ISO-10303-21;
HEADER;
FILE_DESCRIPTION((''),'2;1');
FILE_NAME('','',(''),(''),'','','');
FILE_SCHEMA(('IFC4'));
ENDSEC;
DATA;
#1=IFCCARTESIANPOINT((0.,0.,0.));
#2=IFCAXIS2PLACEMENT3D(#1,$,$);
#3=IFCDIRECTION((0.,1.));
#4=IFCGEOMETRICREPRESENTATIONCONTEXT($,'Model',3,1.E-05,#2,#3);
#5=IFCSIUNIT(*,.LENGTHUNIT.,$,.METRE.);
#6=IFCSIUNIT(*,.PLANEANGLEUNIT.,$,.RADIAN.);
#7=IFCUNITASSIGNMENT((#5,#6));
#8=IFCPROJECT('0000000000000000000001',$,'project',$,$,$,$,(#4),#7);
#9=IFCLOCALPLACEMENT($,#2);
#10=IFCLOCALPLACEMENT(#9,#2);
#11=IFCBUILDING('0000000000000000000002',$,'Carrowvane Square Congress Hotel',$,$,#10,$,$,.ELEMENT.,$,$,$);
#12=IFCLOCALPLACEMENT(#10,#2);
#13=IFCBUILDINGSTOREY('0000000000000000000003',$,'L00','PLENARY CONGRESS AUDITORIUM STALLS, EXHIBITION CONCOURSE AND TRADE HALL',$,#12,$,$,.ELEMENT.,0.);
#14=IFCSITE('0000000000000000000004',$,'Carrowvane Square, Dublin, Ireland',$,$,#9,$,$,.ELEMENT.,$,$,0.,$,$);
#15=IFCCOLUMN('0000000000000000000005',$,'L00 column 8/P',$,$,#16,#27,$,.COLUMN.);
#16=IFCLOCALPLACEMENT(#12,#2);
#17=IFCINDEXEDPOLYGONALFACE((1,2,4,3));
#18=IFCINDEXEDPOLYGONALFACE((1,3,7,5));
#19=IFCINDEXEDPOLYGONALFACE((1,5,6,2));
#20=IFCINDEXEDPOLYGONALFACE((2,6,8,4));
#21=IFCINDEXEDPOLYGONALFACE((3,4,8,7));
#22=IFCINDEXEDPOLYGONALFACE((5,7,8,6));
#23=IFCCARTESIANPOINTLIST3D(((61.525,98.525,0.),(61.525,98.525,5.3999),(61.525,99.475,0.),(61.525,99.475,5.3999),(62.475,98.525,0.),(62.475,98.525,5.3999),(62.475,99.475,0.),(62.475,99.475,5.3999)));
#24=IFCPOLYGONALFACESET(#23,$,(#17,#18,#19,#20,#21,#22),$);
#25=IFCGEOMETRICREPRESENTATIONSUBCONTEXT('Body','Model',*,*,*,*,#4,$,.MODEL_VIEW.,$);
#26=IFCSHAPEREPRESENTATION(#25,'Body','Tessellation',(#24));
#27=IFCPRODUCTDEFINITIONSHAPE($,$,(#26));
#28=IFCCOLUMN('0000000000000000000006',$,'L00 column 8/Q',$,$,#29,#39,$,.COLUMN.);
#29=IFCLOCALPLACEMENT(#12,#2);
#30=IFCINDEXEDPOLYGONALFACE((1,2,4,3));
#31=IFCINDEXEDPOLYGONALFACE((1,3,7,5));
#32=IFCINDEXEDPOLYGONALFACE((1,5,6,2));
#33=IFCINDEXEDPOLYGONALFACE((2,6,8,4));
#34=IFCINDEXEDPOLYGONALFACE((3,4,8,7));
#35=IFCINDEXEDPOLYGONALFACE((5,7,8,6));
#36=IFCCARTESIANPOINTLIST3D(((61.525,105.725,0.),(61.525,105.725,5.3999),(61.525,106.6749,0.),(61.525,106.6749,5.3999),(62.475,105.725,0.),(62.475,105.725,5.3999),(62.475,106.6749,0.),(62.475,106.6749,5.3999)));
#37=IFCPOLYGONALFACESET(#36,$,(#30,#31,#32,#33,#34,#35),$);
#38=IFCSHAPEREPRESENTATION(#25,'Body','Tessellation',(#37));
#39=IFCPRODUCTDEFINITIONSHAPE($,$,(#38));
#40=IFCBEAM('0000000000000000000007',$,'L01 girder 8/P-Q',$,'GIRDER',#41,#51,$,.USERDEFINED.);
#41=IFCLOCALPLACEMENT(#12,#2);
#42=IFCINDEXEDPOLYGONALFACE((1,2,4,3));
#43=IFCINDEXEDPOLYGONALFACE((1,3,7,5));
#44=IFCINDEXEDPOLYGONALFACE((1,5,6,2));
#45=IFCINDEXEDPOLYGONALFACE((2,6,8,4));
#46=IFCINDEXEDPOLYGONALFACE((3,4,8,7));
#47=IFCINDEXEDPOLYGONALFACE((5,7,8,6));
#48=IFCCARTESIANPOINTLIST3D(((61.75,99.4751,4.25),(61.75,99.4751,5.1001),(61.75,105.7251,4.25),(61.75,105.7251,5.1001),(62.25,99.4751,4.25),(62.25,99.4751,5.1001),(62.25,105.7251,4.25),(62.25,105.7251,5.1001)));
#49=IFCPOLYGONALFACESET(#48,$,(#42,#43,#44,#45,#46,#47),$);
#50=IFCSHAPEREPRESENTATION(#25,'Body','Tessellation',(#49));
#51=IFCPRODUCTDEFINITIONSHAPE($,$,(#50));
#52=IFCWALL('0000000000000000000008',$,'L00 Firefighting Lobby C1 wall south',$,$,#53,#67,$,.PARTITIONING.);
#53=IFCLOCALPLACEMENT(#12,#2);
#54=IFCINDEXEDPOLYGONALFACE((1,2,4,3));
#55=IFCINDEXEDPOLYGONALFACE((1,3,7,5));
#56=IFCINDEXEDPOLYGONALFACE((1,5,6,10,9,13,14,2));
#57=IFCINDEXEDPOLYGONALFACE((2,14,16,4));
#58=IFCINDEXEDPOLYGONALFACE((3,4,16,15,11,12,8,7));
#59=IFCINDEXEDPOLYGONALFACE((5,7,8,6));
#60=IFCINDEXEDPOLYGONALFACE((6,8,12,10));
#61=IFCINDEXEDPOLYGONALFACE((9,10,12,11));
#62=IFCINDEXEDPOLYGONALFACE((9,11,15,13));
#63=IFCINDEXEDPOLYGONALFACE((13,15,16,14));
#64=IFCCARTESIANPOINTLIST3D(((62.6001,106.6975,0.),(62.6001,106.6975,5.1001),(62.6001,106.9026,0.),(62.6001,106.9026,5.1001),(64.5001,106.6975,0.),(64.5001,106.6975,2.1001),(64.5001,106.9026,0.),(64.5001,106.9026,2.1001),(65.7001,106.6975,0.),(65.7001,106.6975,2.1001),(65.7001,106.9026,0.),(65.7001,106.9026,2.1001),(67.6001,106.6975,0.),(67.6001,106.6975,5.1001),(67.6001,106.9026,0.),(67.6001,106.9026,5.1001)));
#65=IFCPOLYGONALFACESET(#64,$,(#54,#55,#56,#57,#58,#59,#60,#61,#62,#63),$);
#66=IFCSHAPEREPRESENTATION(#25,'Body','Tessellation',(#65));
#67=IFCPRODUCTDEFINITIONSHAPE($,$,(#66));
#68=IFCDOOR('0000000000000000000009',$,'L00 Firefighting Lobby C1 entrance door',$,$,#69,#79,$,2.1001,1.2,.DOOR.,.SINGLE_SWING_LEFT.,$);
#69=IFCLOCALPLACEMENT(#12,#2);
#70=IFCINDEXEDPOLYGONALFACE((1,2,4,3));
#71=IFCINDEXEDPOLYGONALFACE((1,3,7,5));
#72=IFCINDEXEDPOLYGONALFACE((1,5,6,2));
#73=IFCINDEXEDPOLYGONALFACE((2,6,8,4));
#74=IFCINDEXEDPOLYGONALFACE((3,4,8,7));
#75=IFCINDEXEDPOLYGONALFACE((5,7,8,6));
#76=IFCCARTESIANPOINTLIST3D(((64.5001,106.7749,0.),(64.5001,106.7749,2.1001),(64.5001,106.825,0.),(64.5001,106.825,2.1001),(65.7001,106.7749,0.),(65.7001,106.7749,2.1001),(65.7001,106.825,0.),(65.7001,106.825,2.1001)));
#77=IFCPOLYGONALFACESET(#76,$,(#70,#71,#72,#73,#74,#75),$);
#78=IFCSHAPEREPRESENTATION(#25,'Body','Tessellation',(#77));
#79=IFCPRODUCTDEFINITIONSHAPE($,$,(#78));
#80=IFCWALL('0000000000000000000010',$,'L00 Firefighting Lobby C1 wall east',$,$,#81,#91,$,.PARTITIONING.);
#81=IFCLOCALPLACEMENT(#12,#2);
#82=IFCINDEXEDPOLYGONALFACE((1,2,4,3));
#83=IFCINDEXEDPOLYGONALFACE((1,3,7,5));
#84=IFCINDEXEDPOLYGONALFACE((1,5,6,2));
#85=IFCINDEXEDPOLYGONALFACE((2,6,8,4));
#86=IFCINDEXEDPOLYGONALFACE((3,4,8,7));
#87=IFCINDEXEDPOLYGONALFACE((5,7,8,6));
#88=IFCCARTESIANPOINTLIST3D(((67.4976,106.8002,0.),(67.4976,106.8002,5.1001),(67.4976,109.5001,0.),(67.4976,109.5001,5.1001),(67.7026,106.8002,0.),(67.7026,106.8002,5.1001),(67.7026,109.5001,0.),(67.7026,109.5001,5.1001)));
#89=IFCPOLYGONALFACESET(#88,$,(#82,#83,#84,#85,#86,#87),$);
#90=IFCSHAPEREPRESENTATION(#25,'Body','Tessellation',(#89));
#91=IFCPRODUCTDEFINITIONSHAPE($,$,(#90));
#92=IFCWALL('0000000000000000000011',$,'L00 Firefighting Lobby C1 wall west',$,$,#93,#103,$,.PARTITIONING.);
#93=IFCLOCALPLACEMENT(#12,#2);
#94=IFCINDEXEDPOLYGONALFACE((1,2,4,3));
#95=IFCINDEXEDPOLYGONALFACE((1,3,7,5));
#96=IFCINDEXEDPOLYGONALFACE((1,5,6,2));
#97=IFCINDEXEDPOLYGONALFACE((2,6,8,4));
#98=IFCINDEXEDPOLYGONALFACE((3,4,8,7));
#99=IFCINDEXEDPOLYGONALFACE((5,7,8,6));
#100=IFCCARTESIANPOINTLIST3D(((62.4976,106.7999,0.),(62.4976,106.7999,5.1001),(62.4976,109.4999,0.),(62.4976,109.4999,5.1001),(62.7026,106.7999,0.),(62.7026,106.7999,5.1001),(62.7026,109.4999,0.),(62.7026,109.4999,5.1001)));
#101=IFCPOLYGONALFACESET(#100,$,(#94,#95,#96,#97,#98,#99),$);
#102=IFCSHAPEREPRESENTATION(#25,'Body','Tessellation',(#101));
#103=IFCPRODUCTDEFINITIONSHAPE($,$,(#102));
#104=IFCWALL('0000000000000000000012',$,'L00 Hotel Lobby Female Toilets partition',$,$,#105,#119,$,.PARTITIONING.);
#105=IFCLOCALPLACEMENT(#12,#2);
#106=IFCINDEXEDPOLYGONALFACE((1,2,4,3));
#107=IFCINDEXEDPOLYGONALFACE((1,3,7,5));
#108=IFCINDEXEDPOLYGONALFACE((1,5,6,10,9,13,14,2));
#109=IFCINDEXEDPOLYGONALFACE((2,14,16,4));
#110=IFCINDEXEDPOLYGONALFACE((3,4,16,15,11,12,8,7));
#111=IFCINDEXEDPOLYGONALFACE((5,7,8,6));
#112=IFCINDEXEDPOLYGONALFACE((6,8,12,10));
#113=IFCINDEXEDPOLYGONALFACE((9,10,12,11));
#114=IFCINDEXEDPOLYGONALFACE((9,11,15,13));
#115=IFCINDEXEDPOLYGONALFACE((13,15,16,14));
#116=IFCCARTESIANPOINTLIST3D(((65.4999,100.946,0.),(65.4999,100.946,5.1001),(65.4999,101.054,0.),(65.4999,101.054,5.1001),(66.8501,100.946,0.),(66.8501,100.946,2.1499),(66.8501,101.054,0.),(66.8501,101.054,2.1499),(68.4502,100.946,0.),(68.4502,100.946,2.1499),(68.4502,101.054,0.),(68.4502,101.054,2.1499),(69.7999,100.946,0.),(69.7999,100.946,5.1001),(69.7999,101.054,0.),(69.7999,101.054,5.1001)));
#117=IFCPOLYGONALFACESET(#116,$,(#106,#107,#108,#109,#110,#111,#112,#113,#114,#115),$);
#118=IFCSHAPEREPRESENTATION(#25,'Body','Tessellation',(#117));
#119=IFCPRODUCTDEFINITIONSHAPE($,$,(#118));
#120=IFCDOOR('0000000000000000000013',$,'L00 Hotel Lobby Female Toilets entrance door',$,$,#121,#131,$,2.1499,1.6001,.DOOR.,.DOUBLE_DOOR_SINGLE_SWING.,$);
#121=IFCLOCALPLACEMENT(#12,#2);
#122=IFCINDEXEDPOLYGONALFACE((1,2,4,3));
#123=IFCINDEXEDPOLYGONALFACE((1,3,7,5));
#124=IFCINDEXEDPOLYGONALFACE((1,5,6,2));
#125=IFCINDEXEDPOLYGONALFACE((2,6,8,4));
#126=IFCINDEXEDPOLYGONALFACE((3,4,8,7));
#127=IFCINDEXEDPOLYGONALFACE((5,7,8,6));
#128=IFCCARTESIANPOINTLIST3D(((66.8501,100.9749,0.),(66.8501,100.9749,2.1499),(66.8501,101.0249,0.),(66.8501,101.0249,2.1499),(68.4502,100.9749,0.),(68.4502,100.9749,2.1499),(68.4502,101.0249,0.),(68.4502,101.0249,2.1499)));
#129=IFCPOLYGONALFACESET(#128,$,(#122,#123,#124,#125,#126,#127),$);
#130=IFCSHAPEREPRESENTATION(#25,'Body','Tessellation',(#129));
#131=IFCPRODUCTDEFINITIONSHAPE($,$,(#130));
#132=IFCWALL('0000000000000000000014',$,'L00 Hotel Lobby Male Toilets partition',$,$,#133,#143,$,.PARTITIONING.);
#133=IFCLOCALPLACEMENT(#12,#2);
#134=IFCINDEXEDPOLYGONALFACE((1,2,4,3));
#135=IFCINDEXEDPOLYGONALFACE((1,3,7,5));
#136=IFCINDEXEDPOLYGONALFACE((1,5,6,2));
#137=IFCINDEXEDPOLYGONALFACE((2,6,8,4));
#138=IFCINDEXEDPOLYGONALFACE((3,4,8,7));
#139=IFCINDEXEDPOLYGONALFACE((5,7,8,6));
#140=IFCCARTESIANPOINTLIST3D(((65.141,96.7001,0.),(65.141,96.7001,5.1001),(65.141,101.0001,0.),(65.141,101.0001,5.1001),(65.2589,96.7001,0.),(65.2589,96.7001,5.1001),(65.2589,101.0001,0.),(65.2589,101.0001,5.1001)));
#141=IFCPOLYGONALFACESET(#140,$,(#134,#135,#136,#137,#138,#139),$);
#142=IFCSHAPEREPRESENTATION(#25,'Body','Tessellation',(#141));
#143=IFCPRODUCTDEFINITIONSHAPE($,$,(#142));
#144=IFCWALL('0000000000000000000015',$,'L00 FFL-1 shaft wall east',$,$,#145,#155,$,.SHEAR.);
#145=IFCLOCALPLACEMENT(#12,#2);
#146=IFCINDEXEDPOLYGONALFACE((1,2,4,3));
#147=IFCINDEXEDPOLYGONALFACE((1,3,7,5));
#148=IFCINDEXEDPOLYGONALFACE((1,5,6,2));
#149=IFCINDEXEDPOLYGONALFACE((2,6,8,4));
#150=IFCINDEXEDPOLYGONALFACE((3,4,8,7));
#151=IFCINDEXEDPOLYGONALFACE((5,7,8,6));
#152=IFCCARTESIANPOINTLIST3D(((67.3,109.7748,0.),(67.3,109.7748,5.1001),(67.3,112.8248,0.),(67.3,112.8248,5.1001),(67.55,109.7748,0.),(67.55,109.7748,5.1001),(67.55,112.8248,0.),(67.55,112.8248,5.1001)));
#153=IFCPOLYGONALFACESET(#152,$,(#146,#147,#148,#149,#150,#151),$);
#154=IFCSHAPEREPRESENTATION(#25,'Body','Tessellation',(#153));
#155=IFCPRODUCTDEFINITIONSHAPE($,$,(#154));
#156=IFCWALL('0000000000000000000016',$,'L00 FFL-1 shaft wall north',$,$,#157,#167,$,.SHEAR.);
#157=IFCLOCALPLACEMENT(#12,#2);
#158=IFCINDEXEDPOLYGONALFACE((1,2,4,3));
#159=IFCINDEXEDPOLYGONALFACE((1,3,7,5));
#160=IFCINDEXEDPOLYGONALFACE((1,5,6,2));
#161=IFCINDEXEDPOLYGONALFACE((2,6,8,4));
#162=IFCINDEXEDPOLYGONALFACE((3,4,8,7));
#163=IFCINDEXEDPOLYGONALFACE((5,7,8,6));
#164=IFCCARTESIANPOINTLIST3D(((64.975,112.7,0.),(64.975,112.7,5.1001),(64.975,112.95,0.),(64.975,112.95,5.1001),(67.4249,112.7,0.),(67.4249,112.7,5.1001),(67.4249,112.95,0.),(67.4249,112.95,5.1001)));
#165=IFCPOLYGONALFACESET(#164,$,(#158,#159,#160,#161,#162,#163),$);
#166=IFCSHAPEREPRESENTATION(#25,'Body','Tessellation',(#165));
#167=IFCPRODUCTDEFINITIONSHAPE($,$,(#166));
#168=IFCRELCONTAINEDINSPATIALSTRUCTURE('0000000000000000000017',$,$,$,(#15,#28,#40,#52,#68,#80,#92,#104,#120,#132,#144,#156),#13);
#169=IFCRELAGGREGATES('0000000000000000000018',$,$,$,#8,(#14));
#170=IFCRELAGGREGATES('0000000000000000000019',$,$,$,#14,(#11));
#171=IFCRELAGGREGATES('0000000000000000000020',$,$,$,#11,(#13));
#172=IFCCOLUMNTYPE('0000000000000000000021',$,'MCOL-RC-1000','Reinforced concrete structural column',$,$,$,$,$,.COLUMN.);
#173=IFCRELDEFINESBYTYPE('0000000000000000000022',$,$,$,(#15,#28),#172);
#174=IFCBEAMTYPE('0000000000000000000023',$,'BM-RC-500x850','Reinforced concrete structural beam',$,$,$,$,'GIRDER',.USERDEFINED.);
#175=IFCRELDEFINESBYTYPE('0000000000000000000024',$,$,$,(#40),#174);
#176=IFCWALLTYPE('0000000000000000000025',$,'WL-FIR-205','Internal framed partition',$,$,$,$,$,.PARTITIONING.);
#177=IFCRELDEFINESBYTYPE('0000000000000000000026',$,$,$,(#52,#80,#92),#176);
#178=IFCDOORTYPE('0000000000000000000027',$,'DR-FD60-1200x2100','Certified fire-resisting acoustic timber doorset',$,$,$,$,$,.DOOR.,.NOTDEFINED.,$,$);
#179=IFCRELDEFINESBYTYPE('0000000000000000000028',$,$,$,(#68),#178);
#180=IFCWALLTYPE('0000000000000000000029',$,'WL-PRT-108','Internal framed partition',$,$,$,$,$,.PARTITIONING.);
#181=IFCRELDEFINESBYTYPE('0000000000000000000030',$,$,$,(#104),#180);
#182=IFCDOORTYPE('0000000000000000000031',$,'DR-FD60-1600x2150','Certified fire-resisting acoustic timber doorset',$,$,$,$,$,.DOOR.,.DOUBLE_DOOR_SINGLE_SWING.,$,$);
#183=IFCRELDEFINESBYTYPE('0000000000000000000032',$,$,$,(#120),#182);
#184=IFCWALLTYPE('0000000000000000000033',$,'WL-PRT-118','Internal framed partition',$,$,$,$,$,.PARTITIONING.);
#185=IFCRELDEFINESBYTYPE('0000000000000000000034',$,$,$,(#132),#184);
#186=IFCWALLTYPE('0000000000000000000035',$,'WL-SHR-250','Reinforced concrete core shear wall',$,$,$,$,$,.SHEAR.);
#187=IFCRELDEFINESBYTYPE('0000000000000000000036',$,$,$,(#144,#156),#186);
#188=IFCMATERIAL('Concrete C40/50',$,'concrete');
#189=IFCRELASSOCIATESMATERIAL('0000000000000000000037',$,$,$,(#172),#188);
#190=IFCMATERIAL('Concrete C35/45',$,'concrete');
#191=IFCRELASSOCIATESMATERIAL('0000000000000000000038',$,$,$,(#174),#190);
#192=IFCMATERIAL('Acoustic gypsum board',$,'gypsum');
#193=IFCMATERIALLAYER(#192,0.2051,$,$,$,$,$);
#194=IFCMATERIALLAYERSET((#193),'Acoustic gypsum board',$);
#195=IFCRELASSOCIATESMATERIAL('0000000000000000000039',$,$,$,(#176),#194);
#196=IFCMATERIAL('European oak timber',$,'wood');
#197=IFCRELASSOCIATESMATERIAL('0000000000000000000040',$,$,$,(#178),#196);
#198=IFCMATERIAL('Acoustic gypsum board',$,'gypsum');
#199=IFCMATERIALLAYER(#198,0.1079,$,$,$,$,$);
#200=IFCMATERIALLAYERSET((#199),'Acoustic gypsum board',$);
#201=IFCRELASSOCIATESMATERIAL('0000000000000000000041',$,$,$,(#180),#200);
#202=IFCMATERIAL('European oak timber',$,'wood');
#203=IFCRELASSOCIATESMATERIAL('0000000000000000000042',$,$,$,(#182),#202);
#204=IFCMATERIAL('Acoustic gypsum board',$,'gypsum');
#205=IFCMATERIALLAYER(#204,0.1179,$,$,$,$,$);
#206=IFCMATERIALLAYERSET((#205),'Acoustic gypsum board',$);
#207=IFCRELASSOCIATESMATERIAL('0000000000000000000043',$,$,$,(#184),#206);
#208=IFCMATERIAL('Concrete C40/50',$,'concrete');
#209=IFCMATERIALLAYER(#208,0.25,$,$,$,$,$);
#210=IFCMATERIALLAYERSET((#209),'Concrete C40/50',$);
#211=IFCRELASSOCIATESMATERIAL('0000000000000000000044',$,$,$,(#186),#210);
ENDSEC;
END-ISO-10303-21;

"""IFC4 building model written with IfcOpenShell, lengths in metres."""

from ifc_helpers import new_model, si_unit, direction, frame, frame_2d, origin, origin_2d, place, context, subcontext, project, spatial, rectangle, extrude, material, layer, layer_set, material_profile, profile_set, type_object, element, fill, save


model = new_model("IFC4")

# Units and contexts
model_context = context("Model", 3, precision=1e-05, world=origin(), true_north=direction((0.0, 1.0)))
body_context = subcontext(model_context, "Body", "Model", "MODEL_VIEW")
ifc_project = project(units=[si_unit("LENGTHUNIT", "METRE"), si_unit("PLANEANGLEUNIT", "RADIAN")], contexts=[model_context])

# Site, building, storey
site_placement = place(None, origin())
site = spatial("IfcSite", under=ifc_project, at=site_placement, Name="Carrowvane Square, Dublin, Ireland", CompositionType="ELEMENT", RefElevation=0.0)
building_placement = place(site_placement, origin())
building = spatial("IfcBuilding", under=site, at=building_placement, Name="Carrowvane Square Congress Hotel", CompositionType="ELEMENT")
storey_placement = place(building_placement, origin())
storey = spatial("IfcBuildingStorey", under=building, at=storey_placement, Name="L00", Description="PLENARY CONGRESS AUDITORIUM STALLS, EXHIBITION CONCOURSE AND TRADE HALL", CompositionType="ELEMENT", Elevation=0.0)

# Columns
ifc_material_1 = material(Name="Concrete C40/50", Category="concrete")
ifc_material_profile_1 = material_profile(ifc_material_1, rectangle(XDim=0.95, YDim=0.95, at=origin_2d()), Name="RC 950x950")
ifc_profile_set_1 = profile_set([ifc_material_profile_1], Name="Concrete C40/50")
column_type = type_object("IfcColumnType", Name="MCOL-RC-1000", Description="Reinforced concrete structural column", PredefinedType="COLUMN", material=ifc_profile_set_1)
for number, where, z_axis, x_axis, name in (
    (1, (62.0, 99.0, 0.0), (0.0, 0.0, 1.0), (1.0, 0.0, 0.0), "L00 column 8/P"),
    (2, (62.0, 106.2, 0.0), (0.0, 0.0, 1.0), (1.0, 0.0, 0.0), "L00 column 8/Q"),
):
    element("IfcColumn", number, at=place(storey_placement, frame(where, z_axis=z_axis, x_axis=x_axis)), inside=storey, type_object=column_type, Name=name, PredefinedType="COLUMN", context=body_context, shape_type="SweptSolid", body=[
        extrude(rectangle(XDim=0.95, YDim=0.95, at=origin_2d()), origin(), (0.0, 0.0, 1.0), 5.3999),
    ])

# Beam
ifc_material_2 = material(Name="Concrete C35/45", Category="concrete")
ifc_material_profile_2 = material_profile(ifc_material_2, rectangle(XDim=0.5, YDim=0.8501, at=origin_2d()), Name="RC 500x850")
ifc_profile_set_2 = profile_set([ifc_material_profile_2], Name="Concrete C35/45")
beam_type = type_object("IfcBeamType", Name="BM-RC-500x850", Description="Reinforced concrete structural beam", ElementType="GIRDER", PredefinedType="USERDEFINED", material=ifc_profile_set_2)
beam_placement = place(storey_placement, frame((62.0, 99.4751, 4.675), z_axis=(0.0, 1.0, 0.0), x_axis=(-1.0, 0.0, 0.0)))
element("IfcBeam", 3, at=beam_placement, inside=storey, type_object=beam_type, Name="L01 girder 8/P-Q", ObjectType="GIRDER", PredefinedType="USERDEFINED", context=body_context, shape_type="SweptSolid", body=[
    extrude(rectangle(XDim=0.5, YDim=0.8501, at=origin_2d()), origin(), (0.0, 0.0, 1.0), 6.25),
])

# Wall, opening, door
ifc_material_3 = material(Name="Acoustic gypsum board", Category="gypsum")
ifc_layer_1 = layer(ifc_material_3, 0.2051)
ifc_layer_set_1 = layer_set([ifc_layer_1], Name="Acoustic gypsum board")
wall_type_1 = type_object("IfcWallType", Name="WL-FIR-205", Description="Internal framed partition", PredefinedType="PARTITIONING", material=ifc_layer_set_1)
wall_1_placement = place(storey_placement, frame((62.6001, 106.8, 0.0), z_axis=(0.0, 0.0, 1.0), x_axis=(1.0, 0.0, 0.0)))
wall_1 = element("IfcWall", 4, at=wall_1_placement, inside=storey, type_object=wall_type_1, Name="L00 Firefighting Lobby C1 wall south", PredefinedType="PARTITIONING", context=body_context, shape_type="SweptSolid", body=[
    extrude(rectangle(XDim=5.0, YDim=0.2051, at=frame_2d((2.5, 0.0))), origin(), (0.0, 0.0, 1.0), 5.1001),
])
opening_1_placement = place(wall_1_placement, frame((1.8999, 0.0, 0.0)))
opening_1 = element("IfcOpeningElement", 5, at=opening_1_placement, cuts=wall_1, PredefinedType="OPENING", context=body_context, shape_type="SweptSolid", body=[
    extrude(rectangle(XDim=1.2, YDim=2.1001, at=frame_2d((0.6001, 1.05))), frame((0.0, 0.1125, 0.0), z_axis=(0.0, -1.0, 0.0), x_axis=(1.0, 0.0, 0.0)), (0.0, 0.0, 1.0), 0.2251),
])
ifc_material_4 = material(Name="European oak timber", Category="wood")
door_type_1 = type_object("IfcDoorType", Name="DR-FD60-1200x2100", Description="Certified fire-resisting acoustic timber doorset", OperationType="NOTDEFINED", PredefinedType="DOOR", material=ifc_material_4)
door_1_placement = place(opening_1_placement, origin())
door_1 = element("IfcDoor", 6, at=door_1_placement, inside=storey, type_object=door_type_1, Name="L00 Firefighting Lobby C1 entrance door", OperationType="SINGLE_SWING_LEFT", OverallHeight=2.1001, OverallWidth=1.2, PredefinedType="DOOR", context=body_context, shape_type="SweptSolid", body=[
    extrude(rectangle(XDim=1.2, YDim=2.1001, at=frame_2d((0.6001, 1.05))), frame((0.0, 0.0249, 0.0), z_axis=(0.0, -1.0, 0.0), x_axis=(1.0, 0.0, 0.0)), (0.0, 0.0, 1.0), 0.05),
])
fill(opening_1, door_1)

# Walls
for number, where, z_axis, x_axis, name in (
    (7, (67.6001, 106.8, 0.0), (0.0, 0.0, 1.0), (0.0, 1.0, 0.0), "L00 Firefighting Lobby C1 wall east"),
    (8, (62.6001, 109.5, 0.0), (0.0, 0.0, 1.0), (0.0, -1.0, 0.0), "L00 Firefighting Lobby C1 wall west"),
):
    element("IfcWall", number, at=place(storey_placement, frame(where, z_axis=z_axis, x_axis=x_axis)), inside=storey, type_object=wall_type_1, Name=name, PredefinedType="PARTITIONING", context=body_context, shape_type="SweptSolid", body=[
        extrude(rectangle(XDim=2.7, YDim=0.2051, at=frame_2d((1.3501, 0.0))), origin(), (0.0, 0.0, 1.0), 5.1001),
    ])

# Wall, opening, door
ifc_material_5 = material(Name="Acoustic gypsum board", Category="gypsum")
ifc_layer_2 = layer(ifc_material_5, 0.1079)
ifc_layer_set_2 = layer_set([ifc_layer_2], Name="Acoustic gypsum board")
wall_type_2 = type_object("IfcWallType", Name="WL-PRT-108", Description="Internal framed partition", PredefinedType="PARTITIONING", material=ifc_layer_set_2)
wall_2_placement = place(storey_placement, frame((65.5, 101.0, 0.0), z_axis=(0.0, 0.0, 1.0), x_axis=(1.0, 0.0, 0.0)))
wall_2 = element("IfcWall", 9, at=wall_2_placement, inside=storey, type_object=wall_type_2, Name="L00 Hotel Lobby Female Toilets partition", PredefinedType="PARTITIONING", context=body_context, shape_type="SweptSolid", body=[
    extrude(rectangle(XDim=4.3, YDim=0.1079, at=frame_2d((2.1499, 0.0))), origin(), (0.0, 0.0, 1.0), 5.1001),
])
opening_2_placement = place(wall_2_placement, frame((1.3501, 0.0, 0.0)))
opening_2 = element("IfcOpeningElement", 10, at=opening_2_placement, cuts=wall_2, PredefinedType="OPENING", context=body_context, shape_type="SweptSolid", body=[
    extrude(rectangle(XDim=1.6001, YDim=2.1499, at=frame_2d((0.8, 1.075))), frame((0.0, 0.064, 0.0), z_axis=(0.0, -1.0, 0.0), x_axis=(1.0, 0.0, 0.0)), (0.0, 0.0, 1.0), 0.1279),
])
ifc_material_6 = material(Name="European oak timber", Category="wood")
door_type_2 = type_object("IfcDoorType", Name="DR-FD60-1600x2150", Description="Certified fire-resisting acoustic timber doorset", OperationType="DOUBLE_DOOR_SINGLE_SWING", PredefinedType="DOOR", material=ifc_material_6)
door_2_placement = place(opening_2_placement, origin())
door_2 = element("IfcDoor", 11, at=door_2_placement, inside=storey, type_object=door_type_2, Name="L00 Hotel Lobby Female Toilets entrance door", OperationType="DOUBLE_DOOR_SINGLE_SWING", OverallHeight=2.1499, OverallWidth=1.6001, PredefinedType="DOOR", context=body_context, shape_type="SweptSolid", body=[
    extrude(rectangle(XDim=1.6001, YDim=2.1499, at=frame_2d((0.8, 1.075))), frame((0.0, 0.0249, 0.0), z_axis=(0.0, -1.0, 0.0), x_axis=(1.0, 0.0, 0.0)), (0.0, 0.0, 1.0), 0.05),
])
fill(opening_2, door_2)

# Wall
ifc_material_7 = material(Name="Acoustic gypsum board", Category="gypsum")
ifc_layer_3 = layer(ifc_material_7, 0.1179)
ifc_layer_set_3 = layer_set([ifc_layer_3], Name="Acoustic gypsum board")
wall_type_3 = type_object("IfcWallType", Name="WL-PRT-118", Description="Internal framed partition", PredefinedType="PARTITIONING", material=ifc_layer_set_3)
wall_3_placement = place(storey_placement, frame((65.2, 101.0, 0.0), z_axis=(0.0, 0.0, 1.0), x_axis=(0.0, -1.0, 0.0)))
element("IfcWall", 12, at=wall_3_placement, inside=storey, type_object=wall_type_3, Name="L00 Hotel Lobby Male Toilets partition", PredefinedType="PARTITIONING", context=body_context, shape_type="SweptSolid", body=[
    extrude(rectangle(XDim=4.3, YDim=0.1179, at=frame_2d((2.1499, 0.0))), origin(), (0.0, 0.0, 1.0), 5.1001),
])

# Shared definitions
ifc_material_8 = material(Name="Concrete C40/50", Category="concrete")
ifc_layer_4 = layer(ifc_material_8, 0.25)
ifc_layer_set_4 = layer_set([ifc_layer_4], Name="Concrete C40/50")
wall_type_4 = type_object("IfcWallType", Name="WL-SHR-250", Description="Reinforced concrete core shear wall", PredefinedType="SHEAR", material=ifc_layer_set_4)

# Walls
wall_4_placement = place(storey_placement, frame((67.425, 109.7749, 0.0), z_axis=(0.0, 0.0, 1.0), x_axis=(0.0, 1.0, 0.0)))
element("IfcWall", 13, at=wall_4_placement, inside=storey, type_object=wall_type_4, Name="L00 FFL-1 shaft wall east", PredefinedType="SHEAR", context=body_context, shape_type="SweptSolid", body=[
    extrude(rectangle(XDim=3.05, YDim=0.25, at=frame_2d((1.5249, 0.0))), origin(), (0.0, 0.0, 1.0), 5.1001),
])
wall_5_placement = place(storey_placement, frame((67.425, 112.825, 0.0), z_axis=(0.0, 0.0, 1.0), x_axis=(-1.0, 0.0, 0.0)))
element("IfcWall", 14, at=wall_5_placement, inside=storey, type_object=wall_type_4, Name="L00 FFL-1 shaft wall north", PredefinedType="SHEAR", context=body_context, shape_type="SweptSolid", body=[
    extrude(rectangle(XDim=2.45, YDim=0.25, at=frame_2d((1.2251, 0.0))), origin(), (0.0, 0.0, 1.0), 5.1001),
])

save(model, "model.ifc")
